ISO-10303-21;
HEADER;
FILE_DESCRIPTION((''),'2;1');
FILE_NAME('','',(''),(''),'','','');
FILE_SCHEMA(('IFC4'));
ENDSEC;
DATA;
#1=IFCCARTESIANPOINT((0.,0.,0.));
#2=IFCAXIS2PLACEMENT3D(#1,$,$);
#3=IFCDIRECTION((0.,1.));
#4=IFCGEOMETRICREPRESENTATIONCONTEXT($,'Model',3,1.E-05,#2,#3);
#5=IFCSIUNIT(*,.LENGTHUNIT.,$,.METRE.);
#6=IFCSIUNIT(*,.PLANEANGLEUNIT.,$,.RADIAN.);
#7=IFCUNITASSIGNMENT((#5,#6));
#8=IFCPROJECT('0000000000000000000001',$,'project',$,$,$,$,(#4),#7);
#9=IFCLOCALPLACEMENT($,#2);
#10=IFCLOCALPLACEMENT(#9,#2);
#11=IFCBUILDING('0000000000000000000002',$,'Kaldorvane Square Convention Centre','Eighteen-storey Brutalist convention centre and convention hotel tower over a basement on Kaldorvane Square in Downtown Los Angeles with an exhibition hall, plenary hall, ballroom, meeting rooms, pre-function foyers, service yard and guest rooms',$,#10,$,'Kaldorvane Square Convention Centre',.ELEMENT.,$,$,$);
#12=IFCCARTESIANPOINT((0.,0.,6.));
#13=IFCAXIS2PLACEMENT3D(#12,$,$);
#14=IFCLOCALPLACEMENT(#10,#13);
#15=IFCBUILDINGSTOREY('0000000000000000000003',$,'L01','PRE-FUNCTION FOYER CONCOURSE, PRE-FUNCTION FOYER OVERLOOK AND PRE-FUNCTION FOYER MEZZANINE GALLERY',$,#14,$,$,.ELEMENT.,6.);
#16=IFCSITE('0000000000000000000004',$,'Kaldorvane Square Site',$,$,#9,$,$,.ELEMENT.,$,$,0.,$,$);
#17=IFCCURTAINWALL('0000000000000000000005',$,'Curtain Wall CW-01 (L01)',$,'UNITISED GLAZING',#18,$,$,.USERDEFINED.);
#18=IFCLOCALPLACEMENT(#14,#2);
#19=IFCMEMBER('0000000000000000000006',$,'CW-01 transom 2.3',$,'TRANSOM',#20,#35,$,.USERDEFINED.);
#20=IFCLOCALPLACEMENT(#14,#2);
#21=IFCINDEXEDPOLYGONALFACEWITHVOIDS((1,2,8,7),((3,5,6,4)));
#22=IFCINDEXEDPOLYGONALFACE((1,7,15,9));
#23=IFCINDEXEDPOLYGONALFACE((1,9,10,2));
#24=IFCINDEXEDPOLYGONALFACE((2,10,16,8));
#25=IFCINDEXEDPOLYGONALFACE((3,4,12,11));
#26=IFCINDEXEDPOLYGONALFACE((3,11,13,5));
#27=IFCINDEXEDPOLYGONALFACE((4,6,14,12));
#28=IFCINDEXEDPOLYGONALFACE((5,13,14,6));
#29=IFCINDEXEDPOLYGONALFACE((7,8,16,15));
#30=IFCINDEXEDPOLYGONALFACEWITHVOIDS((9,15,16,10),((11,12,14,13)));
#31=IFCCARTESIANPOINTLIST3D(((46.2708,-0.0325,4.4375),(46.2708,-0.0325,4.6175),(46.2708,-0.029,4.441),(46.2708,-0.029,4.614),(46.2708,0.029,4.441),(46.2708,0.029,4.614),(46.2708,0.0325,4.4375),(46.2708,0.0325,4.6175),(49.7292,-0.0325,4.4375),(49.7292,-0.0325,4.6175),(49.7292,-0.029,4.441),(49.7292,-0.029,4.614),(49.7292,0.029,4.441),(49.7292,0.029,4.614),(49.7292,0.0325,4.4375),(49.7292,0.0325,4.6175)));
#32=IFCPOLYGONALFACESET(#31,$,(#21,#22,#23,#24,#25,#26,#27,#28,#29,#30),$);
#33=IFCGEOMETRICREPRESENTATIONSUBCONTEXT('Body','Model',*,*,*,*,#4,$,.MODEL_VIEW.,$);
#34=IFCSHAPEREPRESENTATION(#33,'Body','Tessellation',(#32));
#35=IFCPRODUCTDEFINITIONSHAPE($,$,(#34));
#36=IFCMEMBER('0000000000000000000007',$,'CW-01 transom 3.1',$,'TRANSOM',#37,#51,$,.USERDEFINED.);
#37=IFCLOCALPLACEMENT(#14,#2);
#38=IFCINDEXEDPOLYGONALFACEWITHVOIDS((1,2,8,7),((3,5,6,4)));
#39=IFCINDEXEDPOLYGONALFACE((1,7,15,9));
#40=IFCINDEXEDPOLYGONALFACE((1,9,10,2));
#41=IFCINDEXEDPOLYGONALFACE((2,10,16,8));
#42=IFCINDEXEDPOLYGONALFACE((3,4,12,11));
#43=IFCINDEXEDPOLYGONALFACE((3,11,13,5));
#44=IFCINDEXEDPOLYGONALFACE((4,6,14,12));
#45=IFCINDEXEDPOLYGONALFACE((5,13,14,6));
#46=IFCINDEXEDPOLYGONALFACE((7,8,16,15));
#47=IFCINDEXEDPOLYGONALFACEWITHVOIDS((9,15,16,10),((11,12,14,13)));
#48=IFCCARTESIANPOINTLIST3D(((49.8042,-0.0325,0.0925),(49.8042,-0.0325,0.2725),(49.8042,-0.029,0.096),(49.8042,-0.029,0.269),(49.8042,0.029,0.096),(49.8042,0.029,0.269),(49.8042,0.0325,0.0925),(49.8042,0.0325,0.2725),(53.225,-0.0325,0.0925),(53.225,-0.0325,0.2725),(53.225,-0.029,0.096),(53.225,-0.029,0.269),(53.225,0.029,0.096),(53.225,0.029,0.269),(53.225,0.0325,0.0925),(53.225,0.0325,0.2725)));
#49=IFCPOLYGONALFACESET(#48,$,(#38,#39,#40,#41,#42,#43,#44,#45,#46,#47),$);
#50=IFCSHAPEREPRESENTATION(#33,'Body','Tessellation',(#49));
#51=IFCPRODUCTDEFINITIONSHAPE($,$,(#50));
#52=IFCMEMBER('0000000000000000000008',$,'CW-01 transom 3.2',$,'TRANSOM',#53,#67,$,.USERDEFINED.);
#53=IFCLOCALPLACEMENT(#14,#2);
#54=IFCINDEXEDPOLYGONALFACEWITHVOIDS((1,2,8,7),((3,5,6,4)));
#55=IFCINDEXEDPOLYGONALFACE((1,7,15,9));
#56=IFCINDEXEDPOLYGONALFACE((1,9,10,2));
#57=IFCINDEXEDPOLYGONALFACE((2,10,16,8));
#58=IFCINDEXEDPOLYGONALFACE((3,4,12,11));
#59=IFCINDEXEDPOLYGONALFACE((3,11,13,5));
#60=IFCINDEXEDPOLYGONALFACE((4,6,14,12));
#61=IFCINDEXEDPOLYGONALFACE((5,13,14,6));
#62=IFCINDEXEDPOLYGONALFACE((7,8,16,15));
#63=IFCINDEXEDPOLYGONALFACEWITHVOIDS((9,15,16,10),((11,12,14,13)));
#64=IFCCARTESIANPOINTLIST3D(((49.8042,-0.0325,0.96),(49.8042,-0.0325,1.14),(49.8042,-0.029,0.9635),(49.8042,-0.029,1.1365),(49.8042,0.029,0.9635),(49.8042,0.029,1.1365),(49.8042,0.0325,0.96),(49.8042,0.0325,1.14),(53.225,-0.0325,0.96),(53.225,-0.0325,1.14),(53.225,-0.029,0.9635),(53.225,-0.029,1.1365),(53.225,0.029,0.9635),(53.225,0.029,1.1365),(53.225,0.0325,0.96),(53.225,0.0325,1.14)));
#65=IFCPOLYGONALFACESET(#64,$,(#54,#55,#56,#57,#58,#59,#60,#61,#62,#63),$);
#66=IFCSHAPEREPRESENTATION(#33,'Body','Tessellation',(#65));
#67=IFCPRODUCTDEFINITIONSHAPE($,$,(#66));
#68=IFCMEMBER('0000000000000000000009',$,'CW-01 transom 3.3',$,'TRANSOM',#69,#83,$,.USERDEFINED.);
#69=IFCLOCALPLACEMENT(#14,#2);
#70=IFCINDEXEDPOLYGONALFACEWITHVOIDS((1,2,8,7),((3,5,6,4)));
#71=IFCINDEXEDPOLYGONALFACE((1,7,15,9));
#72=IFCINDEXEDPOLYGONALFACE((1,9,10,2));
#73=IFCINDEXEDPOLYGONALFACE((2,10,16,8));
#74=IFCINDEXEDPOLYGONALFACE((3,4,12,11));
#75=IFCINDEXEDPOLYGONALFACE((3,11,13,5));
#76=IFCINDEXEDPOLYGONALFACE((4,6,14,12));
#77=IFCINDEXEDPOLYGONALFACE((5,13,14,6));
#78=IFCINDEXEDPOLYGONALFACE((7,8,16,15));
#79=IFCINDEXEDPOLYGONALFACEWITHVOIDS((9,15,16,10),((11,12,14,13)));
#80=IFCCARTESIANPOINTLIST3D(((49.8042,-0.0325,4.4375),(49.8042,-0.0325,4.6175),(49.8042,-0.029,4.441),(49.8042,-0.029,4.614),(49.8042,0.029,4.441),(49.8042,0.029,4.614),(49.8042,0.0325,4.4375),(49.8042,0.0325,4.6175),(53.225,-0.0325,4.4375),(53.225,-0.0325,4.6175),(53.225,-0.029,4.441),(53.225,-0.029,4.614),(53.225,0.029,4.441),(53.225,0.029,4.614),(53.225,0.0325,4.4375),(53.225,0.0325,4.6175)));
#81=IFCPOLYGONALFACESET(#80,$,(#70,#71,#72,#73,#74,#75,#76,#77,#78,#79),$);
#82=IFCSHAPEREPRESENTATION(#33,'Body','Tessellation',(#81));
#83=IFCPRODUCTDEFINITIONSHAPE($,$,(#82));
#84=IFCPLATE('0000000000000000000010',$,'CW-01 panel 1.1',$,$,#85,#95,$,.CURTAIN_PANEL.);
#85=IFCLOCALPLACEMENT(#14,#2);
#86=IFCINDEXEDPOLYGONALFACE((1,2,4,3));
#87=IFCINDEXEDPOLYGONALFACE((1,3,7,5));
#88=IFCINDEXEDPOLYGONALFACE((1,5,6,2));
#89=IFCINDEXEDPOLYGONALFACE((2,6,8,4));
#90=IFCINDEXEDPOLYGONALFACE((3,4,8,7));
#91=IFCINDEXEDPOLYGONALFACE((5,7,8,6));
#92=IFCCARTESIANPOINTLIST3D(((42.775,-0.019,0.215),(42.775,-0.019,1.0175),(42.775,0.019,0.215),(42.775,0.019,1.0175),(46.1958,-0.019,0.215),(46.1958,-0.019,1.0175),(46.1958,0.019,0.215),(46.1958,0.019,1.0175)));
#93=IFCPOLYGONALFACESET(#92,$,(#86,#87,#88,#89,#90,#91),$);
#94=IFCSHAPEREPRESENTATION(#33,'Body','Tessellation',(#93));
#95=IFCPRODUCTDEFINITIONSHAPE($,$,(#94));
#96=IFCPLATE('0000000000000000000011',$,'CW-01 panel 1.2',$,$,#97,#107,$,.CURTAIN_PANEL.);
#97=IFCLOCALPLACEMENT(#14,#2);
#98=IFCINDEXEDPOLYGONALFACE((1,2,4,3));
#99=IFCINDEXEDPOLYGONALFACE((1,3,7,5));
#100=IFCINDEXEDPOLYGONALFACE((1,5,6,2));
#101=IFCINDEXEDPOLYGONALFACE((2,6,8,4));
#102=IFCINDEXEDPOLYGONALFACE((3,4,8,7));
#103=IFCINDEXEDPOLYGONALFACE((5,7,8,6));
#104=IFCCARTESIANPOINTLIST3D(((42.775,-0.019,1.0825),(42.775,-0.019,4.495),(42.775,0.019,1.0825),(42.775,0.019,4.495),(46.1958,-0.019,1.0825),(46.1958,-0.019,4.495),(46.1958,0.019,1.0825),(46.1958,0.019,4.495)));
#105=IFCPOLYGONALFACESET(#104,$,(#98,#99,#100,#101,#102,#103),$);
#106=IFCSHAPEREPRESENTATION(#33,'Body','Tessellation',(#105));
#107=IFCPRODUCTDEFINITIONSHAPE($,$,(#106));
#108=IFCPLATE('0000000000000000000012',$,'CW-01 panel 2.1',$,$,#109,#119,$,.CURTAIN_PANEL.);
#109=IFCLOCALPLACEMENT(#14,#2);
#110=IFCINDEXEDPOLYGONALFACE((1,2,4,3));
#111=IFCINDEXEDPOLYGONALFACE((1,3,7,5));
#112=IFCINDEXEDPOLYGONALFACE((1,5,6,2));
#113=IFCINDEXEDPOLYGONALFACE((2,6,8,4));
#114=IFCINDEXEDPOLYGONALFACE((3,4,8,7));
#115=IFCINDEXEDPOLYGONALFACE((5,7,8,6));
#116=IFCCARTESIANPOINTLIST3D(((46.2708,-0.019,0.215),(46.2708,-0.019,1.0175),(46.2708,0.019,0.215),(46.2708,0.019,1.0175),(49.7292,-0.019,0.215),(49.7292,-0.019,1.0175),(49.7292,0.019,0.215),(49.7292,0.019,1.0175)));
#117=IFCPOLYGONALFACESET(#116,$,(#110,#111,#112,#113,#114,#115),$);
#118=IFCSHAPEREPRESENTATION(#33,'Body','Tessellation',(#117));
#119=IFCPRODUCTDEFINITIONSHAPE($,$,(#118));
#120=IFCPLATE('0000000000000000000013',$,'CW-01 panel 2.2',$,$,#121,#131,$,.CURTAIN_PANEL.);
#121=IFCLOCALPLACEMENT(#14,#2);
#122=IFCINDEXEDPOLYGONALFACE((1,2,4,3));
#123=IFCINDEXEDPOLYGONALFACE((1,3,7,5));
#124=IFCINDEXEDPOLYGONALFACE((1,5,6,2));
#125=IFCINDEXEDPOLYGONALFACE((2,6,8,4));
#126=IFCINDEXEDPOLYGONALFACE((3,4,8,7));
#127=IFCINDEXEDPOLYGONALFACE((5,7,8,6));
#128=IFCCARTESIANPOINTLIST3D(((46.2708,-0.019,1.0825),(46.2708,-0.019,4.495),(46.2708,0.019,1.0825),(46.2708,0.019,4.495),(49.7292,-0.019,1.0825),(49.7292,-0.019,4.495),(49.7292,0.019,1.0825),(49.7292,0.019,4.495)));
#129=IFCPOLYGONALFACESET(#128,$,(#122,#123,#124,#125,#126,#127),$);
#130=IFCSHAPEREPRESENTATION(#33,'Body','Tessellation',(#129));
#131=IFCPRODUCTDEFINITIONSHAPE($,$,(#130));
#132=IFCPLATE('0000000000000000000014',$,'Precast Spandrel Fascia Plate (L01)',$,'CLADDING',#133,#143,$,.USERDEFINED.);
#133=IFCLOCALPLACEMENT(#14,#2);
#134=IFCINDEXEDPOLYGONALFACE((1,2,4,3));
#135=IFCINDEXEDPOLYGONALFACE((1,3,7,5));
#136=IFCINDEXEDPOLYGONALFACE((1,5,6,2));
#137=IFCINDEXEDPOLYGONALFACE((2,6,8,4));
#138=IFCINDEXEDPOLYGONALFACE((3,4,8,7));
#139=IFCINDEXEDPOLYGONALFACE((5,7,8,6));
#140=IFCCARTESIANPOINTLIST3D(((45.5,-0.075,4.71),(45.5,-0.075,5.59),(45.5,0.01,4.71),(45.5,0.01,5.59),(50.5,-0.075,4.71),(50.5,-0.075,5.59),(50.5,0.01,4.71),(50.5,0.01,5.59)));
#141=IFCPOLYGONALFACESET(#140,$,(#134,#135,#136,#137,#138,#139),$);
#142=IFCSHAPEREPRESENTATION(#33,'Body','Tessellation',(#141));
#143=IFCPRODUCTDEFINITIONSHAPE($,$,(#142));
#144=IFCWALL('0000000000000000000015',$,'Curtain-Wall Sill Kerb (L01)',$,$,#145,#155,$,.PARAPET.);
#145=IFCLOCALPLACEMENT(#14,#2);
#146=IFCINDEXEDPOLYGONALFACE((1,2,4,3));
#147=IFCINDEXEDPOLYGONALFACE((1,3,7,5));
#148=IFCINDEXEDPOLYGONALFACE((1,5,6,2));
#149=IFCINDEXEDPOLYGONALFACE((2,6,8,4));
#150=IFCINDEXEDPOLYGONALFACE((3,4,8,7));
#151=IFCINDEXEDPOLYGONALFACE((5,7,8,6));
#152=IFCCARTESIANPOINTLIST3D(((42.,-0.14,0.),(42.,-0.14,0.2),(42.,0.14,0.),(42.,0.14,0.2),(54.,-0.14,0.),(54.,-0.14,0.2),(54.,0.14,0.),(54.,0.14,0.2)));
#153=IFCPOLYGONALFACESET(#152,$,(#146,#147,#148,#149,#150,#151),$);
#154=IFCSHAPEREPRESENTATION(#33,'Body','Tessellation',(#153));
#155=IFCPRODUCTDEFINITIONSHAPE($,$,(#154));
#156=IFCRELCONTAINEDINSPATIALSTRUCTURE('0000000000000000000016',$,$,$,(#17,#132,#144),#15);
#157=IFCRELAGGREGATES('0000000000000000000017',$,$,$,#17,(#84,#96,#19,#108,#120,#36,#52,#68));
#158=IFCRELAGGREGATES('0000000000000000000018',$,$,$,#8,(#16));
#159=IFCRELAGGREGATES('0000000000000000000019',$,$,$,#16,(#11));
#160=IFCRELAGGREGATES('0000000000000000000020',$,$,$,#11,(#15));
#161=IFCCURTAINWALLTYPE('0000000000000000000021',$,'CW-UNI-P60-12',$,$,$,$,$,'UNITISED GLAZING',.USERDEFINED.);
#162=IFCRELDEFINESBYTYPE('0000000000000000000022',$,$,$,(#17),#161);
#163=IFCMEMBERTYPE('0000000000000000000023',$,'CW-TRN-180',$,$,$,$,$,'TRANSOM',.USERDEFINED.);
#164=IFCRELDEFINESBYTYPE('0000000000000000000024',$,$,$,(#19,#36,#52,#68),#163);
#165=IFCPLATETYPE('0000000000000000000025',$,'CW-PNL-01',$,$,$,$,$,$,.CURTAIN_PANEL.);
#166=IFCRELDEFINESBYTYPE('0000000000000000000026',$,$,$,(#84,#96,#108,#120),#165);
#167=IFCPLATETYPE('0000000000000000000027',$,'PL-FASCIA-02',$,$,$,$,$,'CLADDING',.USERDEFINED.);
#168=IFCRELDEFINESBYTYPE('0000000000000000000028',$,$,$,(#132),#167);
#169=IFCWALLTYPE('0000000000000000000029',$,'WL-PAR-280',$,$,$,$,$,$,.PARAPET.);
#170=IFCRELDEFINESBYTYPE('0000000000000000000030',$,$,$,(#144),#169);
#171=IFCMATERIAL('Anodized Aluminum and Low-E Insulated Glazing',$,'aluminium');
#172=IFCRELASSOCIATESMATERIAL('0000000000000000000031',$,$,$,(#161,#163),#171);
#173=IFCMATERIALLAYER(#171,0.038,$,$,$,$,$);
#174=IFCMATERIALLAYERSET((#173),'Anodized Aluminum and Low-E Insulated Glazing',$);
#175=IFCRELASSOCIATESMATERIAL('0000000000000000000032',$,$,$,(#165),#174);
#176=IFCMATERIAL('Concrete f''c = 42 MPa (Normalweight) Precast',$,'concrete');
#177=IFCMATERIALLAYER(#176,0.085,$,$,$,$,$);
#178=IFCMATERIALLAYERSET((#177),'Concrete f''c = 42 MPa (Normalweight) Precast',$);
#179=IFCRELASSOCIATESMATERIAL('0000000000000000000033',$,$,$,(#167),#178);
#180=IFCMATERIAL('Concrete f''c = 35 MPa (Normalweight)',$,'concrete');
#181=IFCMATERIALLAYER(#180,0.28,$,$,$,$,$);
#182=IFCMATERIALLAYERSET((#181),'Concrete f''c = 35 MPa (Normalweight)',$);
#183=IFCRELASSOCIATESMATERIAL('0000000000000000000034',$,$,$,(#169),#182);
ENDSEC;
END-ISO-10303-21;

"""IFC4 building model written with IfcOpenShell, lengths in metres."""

from ifc_helpers import new_model, si_unit, direction, frame, frame_2d, origin, origin_2d, place, context, subcontext, project, spatial, rectangle, hollow_rectangle, extrude, material, layer, layer_set, material_profile, profile_set, type_object, element, aggregate, save


model = new_model("IFC4")

# Units and contexts
model_context = context("Model", 3, precision=1e-05, world=origin(), true_north=direction((0.0, 1.0)))
body_context = subcontext(model_context, "Body", "Model", "MODEL_VIEW")
ifc_project = project(units=[si_unit("LENGTHUNIT", "METRE"), si_unit("PLANEANGLEUNIT", "RADIAN")], contexts=[model_context])

# Site, building, storey
site_placement = place(None, origin())
site = spatial("IfcSite", under=ifc_project, at=site_placement, Name="Kaldorvane Square Site", CompositionType="ELEMENT", RefElevation=0.0)
building_placement = place(site_placement, origin())
building = spatial("IfcBuilding", under=site, at=building_placement, Name="Kaldorvane Square Convention Centre", Description="Eighteen-storey Brutalist convention centre and convention hotel tower over a basement on Kaldorvane Square in Downtown Los Angeles with an exhibition hall, plenary hall, ballroom, meeting rooms, pre-function foyers, service yard and guest rooms", LongName="Kaldorvane Square Convention Centre", CompositionType="ELEMENT")
storey_placement = place(building_placement, frame((0.0, 0.0, 6.0)))
storey = spatial("IfcBuildingStorey", under=building, at=storey_placement, Name="L01", Description="PRE-FUNCTION FOYER CONCOURSE, PRE-FUNCTION FOYER OVERLOOK AND PRE-FUNCTION FOYER MEZZANINE GALLERY", CompositionType="ELEMENT", Elevation=6.0)

# Curtain wall, members, plates
ifc_material_1 = material(Name="Anodized Aluminum and Low-E Insulated Glazing", Category="aluminium")
curtain_wall_type = type_object("IfcCurtainWallType", Name="CW-UNI-P60-12", ElementType="UNITISED GLAZING", PredefinedType="USERDEFINED", material=ifc_material_1)
curtain_wall_placement = place(storey_placement, origin())
curtain_wall = element("IfcCurtainWall", 1, at=curtain_wall_placement, inside=storey, type_object=curtain_wall_type, Name="Curtain Wall CW-01 (L01)", ObjectType="UNITISED GLAZING", PredefinedType="USERDEFINED")
ifc_material_profile_1 = material_profile(ifc_material_1, hollow_rectangle(XDim=0.065, YDim=0.18, WallThickness=0.0035, at=origin_2d()), Name="CWT-180X65")
ifc_profile_set_1 = profile_set([ifc_material_profile_1], Name="Anodized Aluminum and Low-E Insulated Glazing")
member_type_1 = type_object("IfcMemberType", Name="CW-TRN-180", ElementType="TRANSOM", PredefinedType="USERDEFINED", material=ifc_profile_set_1)
member_1_placement = place(storey_placement, frame((46.2708, 0.0, 4.5275), z_axis=(1.0, 0.0, 0.0), x_axis=(0.0, 1.0, 0.0)))
member_1 = element("IfcMember", 2, at=member_1_placement, type_object=member_type_1, Name="CW-01 transom 2.3", ObjectType="TRANSOM", PredefinedType="USERDEFINED", context=body_context, shape_type="SweptSolid", body=[
    extrude(hollow_rectangle(XDim=0.065, YDim=0.18, WallThickness=0.0035, at=origin_2d()), origin(), (0.0, 0.0, 1.0), 3.4583),
])
member_2_placement = place(storey_placement, frame((49.8042, 0.0, 0.1825), z_axis=(1.0, 0.0, 0.0), x_axis=(0.0, 1.0, 0.0)))
member_2 = element("IfcMember", 3, at=member_2_placement, type_object=member_type_1, Name="CW-01 transom 3.1", ObjectType="TRANSOM", PredefinedType="USERDEFINED", context=body_context, shape_type="SweptSolid", body=[
    extrude(hollow_rectangle(XDim=0.065, YDim=0.18, WallThickness=0.0035, at=origin_2d()), origin(), (0.0, 0.0, 1.0), 3.4208),
])
member_3_placement = place(storey_placement, frame((49.8042, 0.0, 1.05), z_axis=(1.0, 0.0, 0.0), x_axis=(0.0, 1.0, 0.0)))
member_3 = element("IfcMember", 4, at=member_3_placement, type_object=member_type_1, Name="CW-01 transom 3.2", ObjectType="TRANSOM", PredefinedType="USERDEFINED", context=body_context, shape_type="SweptSolid", body=[
    extrude(hollow_rectangle(XDim=0.065, YDim=0.18, WallThickness=0.0035, at=origin_2d()), origin(), (0.0, 0.0, 1.0), 3.4208),
])
member_4_placement = place(storey_placement, frame((49.8042, 0.0, 4.5275), z_axis=(1.0, 0.0, 0.0), x_axis=(0.0, 1.0, 0.0)))
member_4 = element("IfcMember", 5, at=member_4_placement, type_object=member_type_1, Name="CW-01 transom 3.3", ObjectType="TRANSOM", PredefinedType="USERDEFINED", context=body_context, shape_type="SweptSolid", body=[
    extrude(hollow_rectangle(XDim=0.065, YDim=0.18, WallThickness=0.0035, at=origin_2d()), origin(), (0.0, 0.0, 1.0), 3.4208),
])
ifc_layer_1 = layer(ifc_material_1, 0.038)
ifc_layer_set_1 = layer_set([ifc_layer_1], Name="Anodized Aluminum and Low-E Insulated Glazing")
plate_type_1 = type_object("IfcPlateType", Name="CW-PNL-01", PredefinedType="CURTAIN_PANEL", material=ifc_layer_set_1)
plate_1_placement = place(storey_placement, frame((44.4854, 0.0, 0.215), z_axis=(0.0, 0.0, 1.0), x_axis=(1.0, 0.0, 0.0)))
plate_1 = element("IfcPlate", 6, at=plate_1_placement, type_object=plate_type_1, Name="CW-01 panel 1.1", PredefinedType="CURTAIN_PANEL", context=body_context, shape_type="SweptSolid", body=[
    extrude(rectangle(XDim=3.4208, YDim=0.038, at=origin_2d()), origin(), (0.0, 0.0, 1.0), 0.8025),
])
plate_2_placement = place(storey_placement, frame((44.4854, 0.0, 1.0825), z_axis=(0.0, 0.0, 1.0), x_axis=(1.0, 0.0, 0.0)))
plate_2 = element("IfcPlate", 7, at=plate_2_placement, type_object=plate_type_1, Name="CW-01 panel 1.2", PredefinedType="CURTAIN_PANEL", context=body_context, shape_type="SweptSolid", body=[
    extrude(rectangle(XDim=3.4208, YDim=0.038, at=origin_2d()), origin(), (0.0, 0.0, 1.0), 3.4125),
])
plate_3_placement = place(storey_placement, frame((48.0, 0.0, 0.215), z_axis=(0.0, 0.0, 1.0), x_axis=(1.0, 0.0, 0.0)))
plate_3 = element("IfcPlate", 8, at=plate_3_placement, type_object=plate_type_1, Name="CW-01 panel 2.1", PredefinedType="CURTAIN_PANEL", context=body_context, shape_type="SweptSolid", body=[
    extrude(rectangle(XDim=3.4583, YDim=0.038, at=origin_2d()), origin(), (0.0, 0.0, 1.0), 0.8025),
])
plate_4_placement = place(storey_placement, frame((48.0, 0.0, 1.0825), z_axis=(0.0, 0.0, 1.0), x_axis=(1.0, 0.0, 0.0)))
plate_4 = element("IfcPlate", 9, at=plate_4_placement, type_object=plate_type_1, Name="CW-01 panel 2.2", PredefinedType="CURTAIN_PANEL", context=body_context, shape_type="SweptSolid", body=[
    extrude(rectangle(XDim=3.4583, YDim=0.038, at=origin_2d()), origin(), (0.0, 0.0, 1.0), 3.4125),
])
aggregate(curtain_wall, [plate_1, plate_2, member_1, plate_3, plate_4, member_2, member_3, member_4])

# Plate
ifc_material_2 = material(Name="Concrete f'c = 42 MPa (Normalweight) Precast", Category="concrete")
ifc_layer_2 = layer(ifc_material_2, 0.085)
ifc_layer_set_2 = layer_set([ifc_layer_2], Name="Concrete f'c = 42 MPa (Normalweight) Precast")
plate_type_2 = type_object("IfcPlateType", Name="PL-FASCIA-02", ElementType="CLADDING", PredefinedType="USERDEFINED", material=ifc_layer_set_2)
plate_5_placement = place(storey_placement, frame((48.0, -0.0325, 4.71), z_axis=(0.0, 0.0, 1.0), x_axis=(1.0, 0.0, 0.0)))
element("IfcPlate", 10, at=plate_5_placement, inside=storey, type_object=plate_type_2, Name="Precast Spandrel Fascia Plate (L01)", ObjectType="CLADDING", PredefinedType="USERDEFINED", context=body_context, shape_type="SweptSolid", body=[
    extrude(rectangle(XDim=5.0, YDim=0.085, at=origin_2d()), origin(), (0.0, 0.0, 1.0), 0.88),
])

# Wall
ifc_material_3 = material(Name="Concrete f'c = 35 MPa (Normalweight)", Category="concrete")
ifc_layer_3 = layer(ifc_material_3, 0.28)
ifc_layer_set_3 = layer_set([ifc_layer_3], Name="Concrete f'c = 35 MPa (Normalweight)")
wall_type = type_object("IfcWallType", Name="WL-PAR-280", PredefinedType="PARAPET", material=ifc_layer_set_3)
wall_placement = place(storey_placement, frame((42.0, 0.0, 0.0), z_axis=(0.0, 0.0, 1.0), x_axis=(1.0, 0.0, 0.0)))
element("IfcWall", 11, at=wall_placement, inside=storey, type_object=wall_type, Name="Curtain-Wall Sill Kerb (L01)", PredefinedType="PARAPET", context=body_context, shape_type="SweptSolid", body=[
    extrude(rectangle(XDim=12.0, YDim=0.28, at=frame_2d((6.0, 0.0))), origin(), (0.0, 0.0, 1.0), 0.2),
])

save(model, "model.ifc")
